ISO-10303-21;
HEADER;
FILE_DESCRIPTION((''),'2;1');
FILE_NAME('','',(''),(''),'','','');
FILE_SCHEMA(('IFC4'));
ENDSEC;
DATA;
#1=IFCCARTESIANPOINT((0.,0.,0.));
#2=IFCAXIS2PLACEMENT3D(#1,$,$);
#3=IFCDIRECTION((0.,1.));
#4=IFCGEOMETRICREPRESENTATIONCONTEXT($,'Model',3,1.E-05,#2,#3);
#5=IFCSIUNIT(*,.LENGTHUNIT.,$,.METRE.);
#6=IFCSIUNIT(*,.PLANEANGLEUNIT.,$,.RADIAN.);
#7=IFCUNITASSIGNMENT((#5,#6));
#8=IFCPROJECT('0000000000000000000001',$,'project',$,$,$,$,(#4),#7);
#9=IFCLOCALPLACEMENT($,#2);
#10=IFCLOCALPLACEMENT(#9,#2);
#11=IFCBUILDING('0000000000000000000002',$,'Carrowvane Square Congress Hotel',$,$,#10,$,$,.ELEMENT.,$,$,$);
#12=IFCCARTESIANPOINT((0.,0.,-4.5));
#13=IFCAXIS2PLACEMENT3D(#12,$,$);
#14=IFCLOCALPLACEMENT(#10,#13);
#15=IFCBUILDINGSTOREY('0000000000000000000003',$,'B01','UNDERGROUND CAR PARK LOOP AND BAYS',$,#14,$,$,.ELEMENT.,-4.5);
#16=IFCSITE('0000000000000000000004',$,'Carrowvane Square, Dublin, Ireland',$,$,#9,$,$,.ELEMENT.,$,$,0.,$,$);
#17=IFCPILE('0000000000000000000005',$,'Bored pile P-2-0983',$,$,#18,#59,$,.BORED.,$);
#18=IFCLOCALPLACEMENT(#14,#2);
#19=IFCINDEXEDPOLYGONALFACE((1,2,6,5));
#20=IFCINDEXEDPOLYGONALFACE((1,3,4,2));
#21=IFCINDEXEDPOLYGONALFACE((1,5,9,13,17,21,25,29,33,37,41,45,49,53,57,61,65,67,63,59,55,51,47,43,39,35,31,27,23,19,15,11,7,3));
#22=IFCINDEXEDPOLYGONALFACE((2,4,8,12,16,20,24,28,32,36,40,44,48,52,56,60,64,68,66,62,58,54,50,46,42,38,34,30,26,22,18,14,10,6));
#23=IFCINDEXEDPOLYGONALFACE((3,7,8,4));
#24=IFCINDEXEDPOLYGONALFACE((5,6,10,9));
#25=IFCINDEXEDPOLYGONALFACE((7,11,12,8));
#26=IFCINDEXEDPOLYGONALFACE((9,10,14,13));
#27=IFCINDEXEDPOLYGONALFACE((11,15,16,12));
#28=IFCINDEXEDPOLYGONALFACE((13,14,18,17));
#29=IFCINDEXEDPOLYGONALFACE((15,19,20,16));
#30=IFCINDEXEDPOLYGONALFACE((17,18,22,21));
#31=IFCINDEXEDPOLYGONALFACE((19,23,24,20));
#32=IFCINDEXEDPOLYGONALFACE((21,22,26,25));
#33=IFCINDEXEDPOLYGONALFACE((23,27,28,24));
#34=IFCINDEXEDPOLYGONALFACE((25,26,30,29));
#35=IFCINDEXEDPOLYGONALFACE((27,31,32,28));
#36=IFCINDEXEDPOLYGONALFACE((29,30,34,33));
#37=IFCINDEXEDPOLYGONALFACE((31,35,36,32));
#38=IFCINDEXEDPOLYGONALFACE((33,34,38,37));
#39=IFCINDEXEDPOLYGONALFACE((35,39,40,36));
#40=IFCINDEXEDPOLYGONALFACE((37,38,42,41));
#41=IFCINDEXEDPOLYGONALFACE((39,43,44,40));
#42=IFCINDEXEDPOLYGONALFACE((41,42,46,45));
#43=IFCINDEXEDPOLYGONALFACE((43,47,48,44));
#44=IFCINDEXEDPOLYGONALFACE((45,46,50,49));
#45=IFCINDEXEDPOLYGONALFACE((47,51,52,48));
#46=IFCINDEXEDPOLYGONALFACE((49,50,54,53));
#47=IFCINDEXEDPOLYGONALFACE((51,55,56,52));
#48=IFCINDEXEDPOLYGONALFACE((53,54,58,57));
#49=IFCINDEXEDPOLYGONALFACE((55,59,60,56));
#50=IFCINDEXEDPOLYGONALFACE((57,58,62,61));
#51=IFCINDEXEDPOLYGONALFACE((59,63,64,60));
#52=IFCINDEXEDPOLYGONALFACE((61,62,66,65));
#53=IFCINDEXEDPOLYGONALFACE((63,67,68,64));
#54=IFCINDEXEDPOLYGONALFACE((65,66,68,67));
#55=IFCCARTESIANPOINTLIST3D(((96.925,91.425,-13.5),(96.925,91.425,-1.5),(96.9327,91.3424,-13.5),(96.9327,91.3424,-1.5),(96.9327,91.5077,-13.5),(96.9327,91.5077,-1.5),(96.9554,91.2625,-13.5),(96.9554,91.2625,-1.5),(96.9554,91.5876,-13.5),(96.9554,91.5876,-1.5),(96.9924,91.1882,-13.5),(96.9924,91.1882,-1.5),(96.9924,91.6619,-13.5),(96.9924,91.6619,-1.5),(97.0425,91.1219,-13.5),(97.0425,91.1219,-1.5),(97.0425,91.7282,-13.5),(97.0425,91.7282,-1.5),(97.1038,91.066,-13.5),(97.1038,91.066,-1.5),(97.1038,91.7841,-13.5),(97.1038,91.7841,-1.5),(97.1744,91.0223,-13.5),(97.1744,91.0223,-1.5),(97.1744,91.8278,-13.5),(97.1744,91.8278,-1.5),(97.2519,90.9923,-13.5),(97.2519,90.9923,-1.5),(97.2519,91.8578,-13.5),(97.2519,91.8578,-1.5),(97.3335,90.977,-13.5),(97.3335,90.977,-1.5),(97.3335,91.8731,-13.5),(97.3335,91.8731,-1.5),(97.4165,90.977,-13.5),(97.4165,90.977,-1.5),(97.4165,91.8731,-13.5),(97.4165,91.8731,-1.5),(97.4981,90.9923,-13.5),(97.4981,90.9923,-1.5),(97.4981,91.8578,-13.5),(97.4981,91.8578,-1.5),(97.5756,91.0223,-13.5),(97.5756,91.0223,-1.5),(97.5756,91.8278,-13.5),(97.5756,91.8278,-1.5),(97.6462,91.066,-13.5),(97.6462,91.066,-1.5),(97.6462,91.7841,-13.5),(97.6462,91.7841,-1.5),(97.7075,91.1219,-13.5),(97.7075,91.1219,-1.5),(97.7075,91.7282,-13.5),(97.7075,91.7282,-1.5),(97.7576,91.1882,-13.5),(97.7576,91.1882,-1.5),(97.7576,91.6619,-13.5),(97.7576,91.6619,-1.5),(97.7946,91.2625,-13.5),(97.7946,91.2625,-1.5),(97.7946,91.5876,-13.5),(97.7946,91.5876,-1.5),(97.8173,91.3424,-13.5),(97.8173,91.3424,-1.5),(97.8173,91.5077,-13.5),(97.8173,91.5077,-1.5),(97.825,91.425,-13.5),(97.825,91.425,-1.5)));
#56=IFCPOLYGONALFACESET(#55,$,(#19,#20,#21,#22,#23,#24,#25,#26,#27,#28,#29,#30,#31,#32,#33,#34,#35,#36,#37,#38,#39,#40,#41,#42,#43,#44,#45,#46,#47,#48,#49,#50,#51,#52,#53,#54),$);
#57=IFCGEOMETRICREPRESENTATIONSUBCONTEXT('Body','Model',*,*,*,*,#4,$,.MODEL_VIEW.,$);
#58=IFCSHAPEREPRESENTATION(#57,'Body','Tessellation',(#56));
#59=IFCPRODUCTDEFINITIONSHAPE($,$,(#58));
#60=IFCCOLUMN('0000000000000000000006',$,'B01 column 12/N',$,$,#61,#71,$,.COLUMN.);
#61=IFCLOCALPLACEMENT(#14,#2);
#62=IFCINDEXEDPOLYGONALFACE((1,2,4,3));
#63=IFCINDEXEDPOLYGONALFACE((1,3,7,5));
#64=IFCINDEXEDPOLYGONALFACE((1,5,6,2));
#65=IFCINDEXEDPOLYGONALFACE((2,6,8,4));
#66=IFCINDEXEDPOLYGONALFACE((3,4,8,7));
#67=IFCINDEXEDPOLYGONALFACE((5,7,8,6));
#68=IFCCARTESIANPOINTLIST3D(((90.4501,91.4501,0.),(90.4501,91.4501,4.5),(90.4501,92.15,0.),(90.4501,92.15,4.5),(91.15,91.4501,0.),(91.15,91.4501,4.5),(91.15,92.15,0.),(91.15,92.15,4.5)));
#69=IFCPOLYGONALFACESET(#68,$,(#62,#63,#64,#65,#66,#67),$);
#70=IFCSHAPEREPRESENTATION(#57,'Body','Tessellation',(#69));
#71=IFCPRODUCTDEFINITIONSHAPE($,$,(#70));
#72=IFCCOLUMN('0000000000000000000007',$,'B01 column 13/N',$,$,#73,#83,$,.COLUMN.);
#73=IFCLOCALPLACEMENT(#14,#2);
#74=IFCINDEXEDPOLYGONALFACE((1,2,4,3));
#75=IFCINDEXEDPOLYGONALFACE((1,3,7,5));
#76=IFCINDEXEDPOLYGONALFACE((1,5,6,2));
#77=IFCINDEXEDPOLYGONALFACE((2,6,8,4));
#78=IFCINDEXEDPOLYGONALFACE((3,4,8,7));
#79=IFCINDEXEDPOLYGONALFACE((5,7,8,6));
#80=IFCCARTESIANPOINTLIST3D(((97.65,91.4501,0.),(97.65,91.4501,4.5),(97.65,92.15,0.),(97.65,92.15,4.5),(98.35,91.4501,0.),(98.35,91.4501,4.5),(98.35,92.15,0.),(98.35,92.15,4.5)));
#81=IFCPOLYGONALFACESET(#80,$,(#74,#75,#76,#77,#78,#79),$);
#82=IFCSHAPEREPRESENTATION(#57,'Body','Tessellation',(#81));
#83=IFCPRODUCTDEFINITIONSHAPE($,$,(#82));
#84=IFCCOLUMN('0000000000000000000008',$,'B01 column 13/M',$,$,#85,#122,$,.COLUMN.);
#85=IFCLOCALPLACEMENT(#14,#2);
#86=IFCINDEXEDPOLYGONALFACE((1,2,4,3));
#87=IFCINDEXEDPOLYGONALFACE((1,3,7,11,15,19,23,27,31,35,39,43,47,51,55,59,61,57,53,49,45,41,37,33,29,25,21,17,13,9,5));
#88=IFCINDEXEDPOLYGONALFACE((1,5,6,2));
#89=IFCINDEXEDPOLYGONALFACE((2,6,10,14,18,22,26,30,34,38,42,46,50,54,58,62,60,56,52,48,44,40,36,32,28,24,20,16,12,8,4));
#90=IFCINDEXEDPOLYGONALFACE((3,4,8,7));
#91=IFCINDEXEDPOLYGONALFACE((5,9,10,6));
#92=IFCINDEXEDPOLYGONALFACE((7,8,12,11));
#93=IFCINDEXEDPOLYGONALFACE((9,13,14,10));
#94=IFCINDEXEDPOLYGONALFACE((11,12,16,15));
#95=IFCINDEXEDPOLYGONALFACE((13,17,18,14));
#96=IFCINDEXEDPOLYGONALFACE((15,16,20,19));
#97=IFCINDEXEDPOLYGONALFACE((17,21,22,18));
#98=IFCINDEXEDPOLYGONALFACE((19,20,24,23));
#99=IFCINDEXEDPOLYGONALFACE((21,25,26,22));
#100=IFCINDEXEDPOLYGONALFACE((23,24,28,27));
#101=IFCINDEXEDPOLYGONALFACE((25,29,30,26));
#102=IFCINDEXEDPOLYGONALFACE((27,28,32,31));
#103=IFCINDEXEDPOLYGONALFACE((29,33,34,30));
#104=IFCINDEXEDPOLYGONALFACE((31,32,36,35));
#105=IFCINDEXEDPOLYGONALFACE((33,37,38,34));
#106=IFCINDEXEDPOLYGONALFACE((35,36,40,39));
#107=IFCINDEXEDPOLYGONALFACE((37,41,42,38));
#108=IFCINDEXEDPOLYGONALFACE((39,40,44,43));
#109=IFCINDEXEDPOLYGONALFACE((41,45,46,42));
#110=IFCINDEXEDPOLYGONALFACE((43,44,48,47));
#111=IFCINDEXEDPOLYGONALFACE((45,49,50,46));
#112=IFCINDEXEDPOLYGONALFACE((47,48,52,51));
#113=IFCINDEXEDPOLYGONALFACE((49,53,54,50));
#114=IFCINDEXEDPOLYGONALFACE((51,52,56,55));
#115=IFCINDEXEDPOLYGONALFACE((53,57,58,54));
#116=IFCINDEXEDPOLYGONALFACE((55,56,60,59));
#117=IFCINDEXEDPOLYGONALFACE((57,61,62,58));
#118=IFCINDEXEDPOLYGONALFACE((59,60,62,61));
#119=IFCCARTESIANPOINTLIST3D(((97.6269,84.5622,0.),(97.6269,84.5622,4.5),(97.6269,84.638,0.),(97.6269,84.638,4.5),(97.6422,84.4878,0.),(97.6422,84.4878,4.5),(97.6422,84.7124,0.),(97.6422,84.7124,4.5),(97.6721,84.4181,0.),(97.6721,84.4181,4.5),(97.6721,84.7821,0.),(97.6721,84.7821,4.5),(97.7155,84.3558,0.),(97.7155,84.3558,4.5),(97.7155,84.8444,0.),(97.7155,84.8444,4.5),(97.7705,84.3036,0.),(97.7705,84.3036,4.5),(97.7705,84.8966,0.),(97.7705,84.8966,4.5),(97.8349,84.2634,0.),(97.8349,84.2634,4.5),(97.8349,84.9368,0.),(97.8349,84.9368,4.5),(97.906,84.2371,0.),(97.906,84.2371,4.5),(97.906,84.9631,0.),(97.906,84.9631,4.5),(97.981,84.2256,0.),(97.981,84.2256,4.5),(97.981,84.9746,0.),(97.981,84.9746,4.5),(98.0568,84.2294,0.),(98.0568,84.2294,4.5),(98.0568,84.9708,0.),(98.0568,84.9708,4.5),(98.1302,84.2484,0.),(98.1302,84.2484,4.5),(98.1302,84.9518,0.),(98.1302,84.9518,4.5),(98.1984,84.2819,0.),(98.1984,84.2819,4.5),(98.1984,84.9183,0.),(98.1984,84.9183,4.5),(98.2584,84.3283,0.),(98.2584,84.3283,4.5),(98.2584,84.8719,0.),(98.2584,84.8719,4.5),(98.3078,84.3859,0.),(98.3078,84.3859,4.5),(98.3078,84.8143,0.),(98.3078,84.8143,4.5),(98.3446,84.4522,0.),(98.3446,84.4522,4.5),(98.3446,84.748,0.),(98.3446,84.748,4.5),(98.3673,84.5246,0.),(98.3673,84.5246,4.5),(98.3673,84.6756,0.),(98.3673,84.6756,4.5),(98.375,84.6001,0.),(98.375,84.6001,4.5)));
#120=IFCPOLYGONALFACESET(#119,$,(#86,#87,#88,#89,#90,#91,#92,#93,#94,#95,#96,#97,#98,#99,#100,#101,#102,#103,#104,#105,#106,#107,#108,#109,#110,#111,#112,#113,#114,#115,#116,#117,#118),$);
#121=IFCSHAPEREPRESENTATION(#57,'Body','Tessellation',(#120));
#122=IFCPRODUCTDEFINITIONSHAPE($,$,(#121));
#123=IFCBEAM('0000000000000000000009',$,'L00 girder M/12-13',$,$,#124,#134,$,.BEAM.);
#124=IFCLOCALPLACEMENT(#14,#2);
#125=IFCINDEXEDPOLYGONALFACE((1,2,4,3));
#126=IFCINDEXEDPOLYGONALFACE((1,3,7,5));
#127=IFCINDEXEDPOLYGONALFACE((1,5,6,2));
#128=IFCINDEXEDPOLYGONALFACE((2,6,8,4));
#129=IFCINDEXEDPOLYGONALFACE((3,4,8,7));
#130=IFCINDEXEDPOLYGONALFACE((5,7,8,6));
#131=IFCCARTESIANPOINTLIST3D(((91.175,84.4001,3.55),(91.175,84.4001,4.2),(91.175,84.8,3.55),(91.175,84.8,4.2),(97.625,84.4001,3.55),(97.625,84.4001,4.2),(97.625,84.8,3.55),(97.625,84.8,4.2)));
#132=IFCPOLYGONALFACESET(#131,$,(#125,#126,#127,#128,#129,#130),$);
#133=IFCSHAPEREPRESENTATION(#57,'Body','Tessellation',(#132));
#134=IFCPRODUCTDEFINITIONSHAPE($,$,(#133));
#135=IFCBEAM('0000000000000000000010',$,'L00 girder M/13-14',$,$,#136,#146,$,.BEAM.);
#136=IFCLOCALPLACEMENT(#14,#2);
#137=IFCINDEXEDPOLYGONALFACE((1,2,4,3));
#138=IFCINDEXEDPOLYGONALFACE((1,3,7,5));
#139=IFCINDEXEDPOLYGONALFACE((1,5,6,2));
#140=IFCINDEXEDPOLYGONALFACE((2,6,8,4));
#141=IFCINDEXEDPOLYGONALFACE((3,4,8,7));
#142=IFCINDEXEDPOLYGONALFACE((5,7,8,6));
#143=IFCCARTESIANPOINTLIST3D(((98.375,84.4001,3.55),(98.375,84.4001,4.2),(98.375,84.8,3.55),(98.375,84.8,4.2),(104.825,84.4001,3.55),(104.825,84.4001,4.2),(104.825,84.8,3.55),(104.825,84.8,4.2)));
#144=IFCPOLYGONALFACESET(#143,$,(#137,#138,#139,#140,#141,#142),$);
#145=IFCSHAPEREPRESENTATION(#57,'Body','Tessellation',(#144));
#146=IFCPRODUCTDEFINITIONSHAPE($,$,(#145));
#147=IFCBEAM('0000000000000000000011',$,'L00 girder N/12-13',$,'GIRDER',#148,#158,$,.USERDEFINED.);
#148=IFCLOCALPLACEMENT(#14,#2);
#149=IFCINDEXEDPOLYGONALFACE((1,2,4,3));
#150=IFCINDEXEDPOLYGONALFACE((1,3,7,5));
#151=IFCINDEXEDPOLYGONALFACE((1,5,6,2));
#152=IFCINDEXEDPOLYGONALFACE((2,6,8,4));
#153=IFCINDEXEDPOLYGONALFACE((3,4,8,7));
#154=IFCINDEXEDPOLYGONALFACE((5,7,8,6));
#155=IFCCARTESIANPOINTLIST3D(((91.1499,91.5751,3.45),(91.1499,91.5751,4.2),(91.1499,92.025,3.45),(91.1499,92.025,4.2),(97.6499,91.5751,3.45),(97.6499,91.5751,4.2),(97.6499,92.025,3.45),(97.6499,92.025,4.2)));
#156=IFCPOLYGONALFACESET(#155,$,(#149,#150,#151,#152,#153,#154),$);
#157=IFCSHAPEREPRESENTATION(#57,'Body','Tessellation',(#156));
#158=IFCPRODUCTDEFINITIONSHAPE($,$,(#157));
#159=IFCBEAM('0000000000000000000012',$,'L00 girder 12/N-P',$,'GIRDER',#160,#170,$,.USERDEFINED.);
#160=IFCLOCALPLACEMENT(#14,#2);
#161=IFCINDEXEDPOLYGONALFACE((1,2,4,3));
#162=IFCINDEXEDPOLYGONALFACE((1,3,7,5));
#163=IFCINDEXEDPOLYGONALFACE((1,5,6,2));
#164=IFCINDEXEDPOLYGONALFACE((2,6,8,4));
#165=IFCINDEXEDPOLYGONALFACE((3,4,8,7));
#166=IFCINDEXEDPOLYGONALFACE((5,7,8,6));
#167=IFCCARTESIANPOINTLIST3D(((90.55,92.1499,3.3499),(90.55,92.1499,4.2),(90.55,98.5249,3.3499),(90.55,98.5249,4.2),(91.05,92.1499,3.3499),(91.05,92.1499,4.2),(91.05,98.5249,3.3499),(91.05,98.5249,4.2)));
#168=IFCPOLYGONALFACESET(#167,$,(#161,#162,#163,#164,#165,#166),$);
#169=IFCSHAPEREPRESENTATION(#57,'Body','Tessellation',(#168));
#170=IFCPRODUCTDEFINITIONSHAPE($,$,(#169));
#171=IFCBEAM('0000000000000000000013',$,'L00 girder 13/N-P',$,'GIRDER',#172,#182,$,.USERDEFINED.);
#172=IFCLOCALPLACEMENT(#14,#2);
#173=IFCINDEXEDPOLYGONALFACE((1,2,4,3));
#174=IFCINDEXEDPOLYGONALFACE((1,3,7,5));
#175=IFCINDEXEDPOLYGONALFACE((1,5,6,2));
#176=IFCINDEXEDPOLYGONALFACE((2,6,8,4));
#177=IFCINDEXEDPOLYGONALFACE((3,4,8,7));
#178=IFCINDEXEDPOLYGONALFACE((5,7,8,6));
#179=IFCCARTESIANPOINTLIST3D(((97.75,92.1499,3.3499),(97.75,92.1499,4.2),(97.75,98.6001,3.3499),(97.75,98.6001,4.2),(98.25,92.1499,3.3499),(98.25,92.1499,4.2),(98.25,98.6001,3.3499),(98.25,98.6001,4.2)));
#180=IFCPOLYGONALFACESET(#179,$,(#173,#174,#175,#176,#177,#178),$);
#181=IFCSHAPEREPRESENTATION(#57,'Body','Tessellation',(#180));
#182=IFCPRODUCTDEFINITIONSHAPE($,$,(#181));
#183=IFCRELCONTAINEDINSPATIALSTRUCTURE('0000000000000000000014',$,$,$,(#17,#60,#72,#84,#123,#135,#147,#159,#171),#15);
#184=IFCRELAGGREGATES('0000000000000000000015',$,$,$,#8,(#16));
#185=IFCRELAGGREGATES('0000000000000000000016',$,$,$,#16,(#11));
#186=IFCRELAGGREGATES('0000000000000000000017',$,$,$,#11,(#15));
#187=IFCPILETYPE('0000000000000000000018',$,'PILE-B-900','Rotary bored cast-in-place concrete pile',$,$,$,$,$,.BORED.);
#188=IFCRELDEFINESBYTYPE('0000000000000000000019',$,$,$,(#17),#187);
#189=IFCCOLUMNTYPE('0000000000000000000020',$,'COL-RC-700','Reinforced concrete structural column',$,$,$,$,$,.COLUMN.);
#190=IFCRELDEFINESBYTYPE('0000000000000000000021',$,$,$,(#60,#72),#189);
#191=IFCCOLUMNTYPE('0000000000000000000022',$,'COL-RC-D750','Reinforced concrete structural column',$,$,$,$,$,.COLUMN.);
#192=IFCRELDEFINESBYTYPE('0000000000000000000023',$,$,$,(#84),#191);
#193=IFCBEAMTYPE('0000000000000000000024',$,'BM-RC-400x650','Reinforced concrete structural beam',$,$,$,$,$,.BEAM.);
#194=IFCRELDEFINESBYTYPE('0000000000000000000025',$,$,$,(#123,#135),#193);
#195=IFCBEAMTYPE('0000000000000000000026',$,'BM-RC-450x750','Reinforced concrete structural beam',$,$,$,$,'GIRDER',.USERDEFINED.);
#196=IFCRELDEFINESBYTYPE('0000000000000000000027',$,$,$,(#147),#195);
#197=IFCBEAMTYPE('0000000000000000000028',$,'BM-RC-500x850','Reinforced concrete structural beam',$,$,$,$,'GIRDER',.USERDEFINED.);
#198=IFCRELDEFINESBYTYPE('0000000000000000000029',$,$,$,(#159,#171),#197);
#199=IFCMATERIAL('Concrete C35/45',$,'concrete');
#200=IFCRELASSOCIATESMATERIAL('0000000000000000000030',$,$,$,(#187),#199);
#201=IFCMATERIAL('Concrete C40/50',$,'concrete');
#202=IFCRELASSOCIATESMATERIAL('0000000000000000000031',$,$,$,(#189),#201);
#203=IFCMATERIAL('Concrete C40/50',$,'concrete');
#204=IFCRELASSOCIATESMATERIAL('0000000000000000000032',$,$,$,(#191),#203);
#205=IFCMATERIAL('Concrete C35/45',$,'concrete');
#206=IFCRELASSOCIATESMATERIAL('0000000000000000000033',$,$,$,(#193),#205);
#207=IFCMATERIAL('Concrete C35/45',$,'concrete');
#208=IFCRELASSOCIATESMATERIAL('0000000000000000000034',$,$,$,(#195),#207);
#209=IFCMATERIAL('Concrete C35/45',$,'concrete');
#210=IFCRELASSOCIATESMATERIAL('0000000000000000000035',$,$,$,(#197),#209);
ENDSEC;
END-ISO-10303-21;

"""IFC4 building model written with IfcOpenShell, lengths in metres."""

from ifc_helpers import new_model, si_unit, direction, frame, origin, origin_2d, place, context, subcontext, project, spatial, rectangle, circle, extrude, material, material_profile, profile_set, type_object, element, save


model = new_model("IFC4")

# Units and contexts
model_context = context("Model", 3, precision=1e-05, world=origin(), true_north=direction((0.0, 1.0)))
body_context = subcontext(model_context, "Body", "Model", "MODEL_VIEW")
ifc_project = project(units=[si_unit("LENGTHUNIT", "METRE"), si_unit("PLANEANGLEUNIT", "RADIAN")], contexts=[model_context])

# Site, building, storey
site_placement = place(None, origin())
site = spatial("IfcSite", under=ifc_project, at=site_placement, Name="Carrowvane Square, Dublin, Ireland", CompositionType="ELEMENT", RefElevation=0.0)
building_placement = place(site_placement, origin())
building = spatial("IfcBuilding", under=site, at=building_placement, Name="Carrowvane Square Congress Hotel", CompositionType="ELEMENT")
storey_placement = place(building_placement, frame((0.0, 0.0, -4.5)))
storey = spatial("IfcBuildingStorey", under=building, at=storey_placement, Name="B01", Description="UNDERGROUND CAR PARK LOOP AND BAYS", CompositionType="ELEMENT", Elevation=-4.5)

# Pile
ifc_material_1 = material(Name="Concrete C35/45", Category="concrete")
ifc_material_profile_1 = material_profile(ifc_material_1, circle(Radius=0.45, at=origin_2d()), Name="PILE D900")
ifc_profile_set_1 = profile_set([ifc_material_profile_1], Name="Concrete C35/45")
pile_type_1 = type_object("IfcPileType", Name="PILE-B-900", Description="Rotary bored cast-in-place concrete pile", PredefinedType="BORED", material=ifc_profile_set_1)
for number, where, z_axis, x_axis, name in (
    (1, (97.375, 91.425, -1.5), (0.0, 0.0, -1.0), (1.0, 0.0, 0.0), "Bored pile P-2-0983"),
):
    element("IfcPile", number, at=place(storey_placement, frame(where, z_axis=z_axis, x_axis=x_axis)), inside=storey, type_object=pile_type_1, Name=name, PredefinedType="BORED", context=body_context, shape_type="SweptSolid", body=[
        extrude(circle(Radius=0.45, at=origin_2d()), origin(), (0.0, 0.0, 1.0), 12.0),
    ])

# Columns
ifc_material_2 = material(Name="Concrete C40/50", Category="concrete")
ifc_material_profile_2 = material_profile(ifc_material_2, rectangle(XDim=0.7, YDim=0.7, at=origin_2d()), Name="RC 700x700")
ifc_profile_set_2 = profile_set([ifc_material_profile_2], Name="Concrete C40/50")
column_type_1 = type_object("IfcColumnType", Name="COL-RC-700", Description="Reinforced concrete structural column", PredefinedType="COLUMN", material=ifc_profile_set_2)
for number, where, z_axis, x_axis, name in (
    (2, (90.8, 91.8, 0.0), (0.0, 0.0, 1.0), (1.0, 0.0, 0.0), "B01 column 12/N"),
    (3, (98.0, 91.8, 0.0), (0.0, 0.0, 1.0), (1.0, 0.0, 0.0), "B01 column 13/N"),
):
    element("IfcColumn", number, at=place(storey_placement, frame(where, z_axis=z_axis, x_axis=x_axis)), inside=storey, type_object=column_type_1, Name=name, PredefinedType="COLUMN", context=body_context, shape_type="SweptSolid", body=[
        extrude(rectangle(XDim=0.7, YDim=0.7, at=origin_2d()), origin(), (0.0, 0.0, 1.0), 4.5),
    ])
ifc_material_3 = material(Name="Concrete C40/50", Category="concrete")
ifc_material_profile_3 = material_profile(ifc_material_3, circle(Radius=0.375, at=origin_2d()), Name="RC D750")
ifc_profile_set_3 = profile_set([ifc_material_profile_3], Name="Concrete C40/50")
column_type_2 = type_object("IfcColumnType", Name="COL-RC-D750", Description="Reinforced concrete structural column", PredefinedType="COLUMN", material=ifc_profile_set_3)
column_placement = place(storey_placement, frame((98.0, 84.6001, 0.0), z_axis=(0.0, 0.0, 1.0), x_axis=(1.0, 0.0, 0.0)))
element("IfcColumn", 4, at=column_placement, inside=storey, type_object=column_type_2, Name="B01 column 13/M", PredefinedType="COLUMN", context=body_context, shape_type="SweptSolid", body=[
    extrude(circle(Radius=0.375, at=origin_2d()), origin(), (0.0, 0.0, 1.0), 4.5),
])

# Beams
ifc_material_4 = material(Name="Concrete C35/45", Category="concrete")
ifc_material_profile_4 = material_profile(ifc_material_4, rectangle(XDim=0.3999, YDim=0.6499, at=origin_2d()), Name="RC 400x650")
ifc_profile_set_4 = profile_set([ifc_material_profile_4], Name="Concrete C35/45")
beam_type_1 = type_object("IfcBeamType", Name="BM-RC-400x650", Description="Reinforced concrete structural beam", PredefinedType="BEAM", material=ifc_profile_set_4)
for number, where, z_axis, x_axis, name in (
    (5, (91.175, 84.6001, 3.875), (1.0, 0.0, 0.0), (0.0, 1.0, 0.0), "L00 girder M/12-13"),
    (6, (98.375, 84.6001, 3.875), (1.0, 0.0, 0.0), (0.0, 1.0, 0.0), "L00 girder M/13-14"),
):
    element("IfcBeam", number, at=place(storey_placement, frame(where, z_axis=z_axis, x_axis=x_axis)), inside=storey, type_object=beam_type_1, Name=name, PredefinedType="BEAM", context=body_context, shape_type="SweptSolid", body=[
        extrude(rectangle(XDim=0.3999, YDim=0.6499, at=origin_2d()), origin(), (0.0, 0.0, 1.0), 6.45),
    ])
ifc_material_5 = material(Name="Concrete C35/45", Category="concrete")
ifc_material_profile_5 = material_profile(ifc_material_5, rectangle(XDim=0.45, YDim=0.75, at=origin_2d()), Name="RC 450x750")
ifc_profile_set_5 = profile_set([ifc_material_profile_5], Name="Concrete C35/45")
beam_type_2 = type_object("IfcBeamType", Name="BM-RC-450x750", Description="Reinforced concrete structural beam", ElementType="GIRDER", PredefinedType="USERDEFINED", material=ifc_profile_set_5)
beam_1_placement = place(storey_placement, frame((91.1499, 91.8, 3.825), z_axis=(1.0, 0.0, 0.0), x_axis=(0.0, 1.0, 0.0)))
element("IfcBeam", 7, at=beam_1_placement, inside=storey, type_object=beam_type_2, Name="L00 girder N/12-13", ObjectType="GIRDER", PredefinedType="USERDEFINED", context=body_context, shape_type="SweptSolid", body=[
    extrude(rectangle(XDim=0.45, YDim=0.75, at=origin_2d()), origin(), (0.0, 0.0, 1.0), 6.5),
])
ifc_material_6 = material(Name="Concrete C35/45", Category="concrete")
ifc_material_profile_6 = material_profile(ifc_material_6, rectangle(XDim=0.5, YDim=0.8501, at=origin_2d()), Name="RC 500x850")
ifc_profile_set_6 = profile_set([ifc_material_profile_6], Name="Concrete C35/45")
beam_type_3 = type_object("IfcBeamType", Name="BM-RC-500x850", Description="Reinforced concrete structural beam", ElementType="GIRDER", PredefinedType="USERDEFINED", material=ifc_profile_set_6)
beam_2_placement = place(storey_placement, frame((90.8, 92.1499, 3.7749), z_axis=(0.0, 1.0, 0.0), x_axis=(-1.0, 0.0, 0.0)))
element("IfcBeam", 8, at=beam_2_placement, inside=storey, type_object=beam_type_3, Name="L00 girder 12/N-P", ObjectType="GIRDER", PredefinedType="USERDEFINED", context=body_context, shape_type="SweptSolid", body=[
    extrude(rectangle(XDim=0.5, YDim=0.8501, at=origin_2d()), origin(), (0.0, 0.0, 1.0), 6.375),
])
beam_3_placement = place(storey_placement, frame((98.0, 92.1499, 3.7749), z_axis=(0.0, 1.0, 0.0), x_axis=(-1.0, 0.0, 0.0)))
element("IfcBeam", 9, at=beam_3_placement, inside=storey, type_object=beam_type_3, Name="L00 girder 13/N-P", ObjectType="GIRDER", PredefinedType="USERDEFINED", context=body_context, shape_type="SweptSolid", body=[
    extrude(rectangle(XDim=0.5, YDim=0.8501, at=origin_2d()), origin(), (0.0, 0.0, 1.0), 6.4502),
])

save(model, "model.ifc")
